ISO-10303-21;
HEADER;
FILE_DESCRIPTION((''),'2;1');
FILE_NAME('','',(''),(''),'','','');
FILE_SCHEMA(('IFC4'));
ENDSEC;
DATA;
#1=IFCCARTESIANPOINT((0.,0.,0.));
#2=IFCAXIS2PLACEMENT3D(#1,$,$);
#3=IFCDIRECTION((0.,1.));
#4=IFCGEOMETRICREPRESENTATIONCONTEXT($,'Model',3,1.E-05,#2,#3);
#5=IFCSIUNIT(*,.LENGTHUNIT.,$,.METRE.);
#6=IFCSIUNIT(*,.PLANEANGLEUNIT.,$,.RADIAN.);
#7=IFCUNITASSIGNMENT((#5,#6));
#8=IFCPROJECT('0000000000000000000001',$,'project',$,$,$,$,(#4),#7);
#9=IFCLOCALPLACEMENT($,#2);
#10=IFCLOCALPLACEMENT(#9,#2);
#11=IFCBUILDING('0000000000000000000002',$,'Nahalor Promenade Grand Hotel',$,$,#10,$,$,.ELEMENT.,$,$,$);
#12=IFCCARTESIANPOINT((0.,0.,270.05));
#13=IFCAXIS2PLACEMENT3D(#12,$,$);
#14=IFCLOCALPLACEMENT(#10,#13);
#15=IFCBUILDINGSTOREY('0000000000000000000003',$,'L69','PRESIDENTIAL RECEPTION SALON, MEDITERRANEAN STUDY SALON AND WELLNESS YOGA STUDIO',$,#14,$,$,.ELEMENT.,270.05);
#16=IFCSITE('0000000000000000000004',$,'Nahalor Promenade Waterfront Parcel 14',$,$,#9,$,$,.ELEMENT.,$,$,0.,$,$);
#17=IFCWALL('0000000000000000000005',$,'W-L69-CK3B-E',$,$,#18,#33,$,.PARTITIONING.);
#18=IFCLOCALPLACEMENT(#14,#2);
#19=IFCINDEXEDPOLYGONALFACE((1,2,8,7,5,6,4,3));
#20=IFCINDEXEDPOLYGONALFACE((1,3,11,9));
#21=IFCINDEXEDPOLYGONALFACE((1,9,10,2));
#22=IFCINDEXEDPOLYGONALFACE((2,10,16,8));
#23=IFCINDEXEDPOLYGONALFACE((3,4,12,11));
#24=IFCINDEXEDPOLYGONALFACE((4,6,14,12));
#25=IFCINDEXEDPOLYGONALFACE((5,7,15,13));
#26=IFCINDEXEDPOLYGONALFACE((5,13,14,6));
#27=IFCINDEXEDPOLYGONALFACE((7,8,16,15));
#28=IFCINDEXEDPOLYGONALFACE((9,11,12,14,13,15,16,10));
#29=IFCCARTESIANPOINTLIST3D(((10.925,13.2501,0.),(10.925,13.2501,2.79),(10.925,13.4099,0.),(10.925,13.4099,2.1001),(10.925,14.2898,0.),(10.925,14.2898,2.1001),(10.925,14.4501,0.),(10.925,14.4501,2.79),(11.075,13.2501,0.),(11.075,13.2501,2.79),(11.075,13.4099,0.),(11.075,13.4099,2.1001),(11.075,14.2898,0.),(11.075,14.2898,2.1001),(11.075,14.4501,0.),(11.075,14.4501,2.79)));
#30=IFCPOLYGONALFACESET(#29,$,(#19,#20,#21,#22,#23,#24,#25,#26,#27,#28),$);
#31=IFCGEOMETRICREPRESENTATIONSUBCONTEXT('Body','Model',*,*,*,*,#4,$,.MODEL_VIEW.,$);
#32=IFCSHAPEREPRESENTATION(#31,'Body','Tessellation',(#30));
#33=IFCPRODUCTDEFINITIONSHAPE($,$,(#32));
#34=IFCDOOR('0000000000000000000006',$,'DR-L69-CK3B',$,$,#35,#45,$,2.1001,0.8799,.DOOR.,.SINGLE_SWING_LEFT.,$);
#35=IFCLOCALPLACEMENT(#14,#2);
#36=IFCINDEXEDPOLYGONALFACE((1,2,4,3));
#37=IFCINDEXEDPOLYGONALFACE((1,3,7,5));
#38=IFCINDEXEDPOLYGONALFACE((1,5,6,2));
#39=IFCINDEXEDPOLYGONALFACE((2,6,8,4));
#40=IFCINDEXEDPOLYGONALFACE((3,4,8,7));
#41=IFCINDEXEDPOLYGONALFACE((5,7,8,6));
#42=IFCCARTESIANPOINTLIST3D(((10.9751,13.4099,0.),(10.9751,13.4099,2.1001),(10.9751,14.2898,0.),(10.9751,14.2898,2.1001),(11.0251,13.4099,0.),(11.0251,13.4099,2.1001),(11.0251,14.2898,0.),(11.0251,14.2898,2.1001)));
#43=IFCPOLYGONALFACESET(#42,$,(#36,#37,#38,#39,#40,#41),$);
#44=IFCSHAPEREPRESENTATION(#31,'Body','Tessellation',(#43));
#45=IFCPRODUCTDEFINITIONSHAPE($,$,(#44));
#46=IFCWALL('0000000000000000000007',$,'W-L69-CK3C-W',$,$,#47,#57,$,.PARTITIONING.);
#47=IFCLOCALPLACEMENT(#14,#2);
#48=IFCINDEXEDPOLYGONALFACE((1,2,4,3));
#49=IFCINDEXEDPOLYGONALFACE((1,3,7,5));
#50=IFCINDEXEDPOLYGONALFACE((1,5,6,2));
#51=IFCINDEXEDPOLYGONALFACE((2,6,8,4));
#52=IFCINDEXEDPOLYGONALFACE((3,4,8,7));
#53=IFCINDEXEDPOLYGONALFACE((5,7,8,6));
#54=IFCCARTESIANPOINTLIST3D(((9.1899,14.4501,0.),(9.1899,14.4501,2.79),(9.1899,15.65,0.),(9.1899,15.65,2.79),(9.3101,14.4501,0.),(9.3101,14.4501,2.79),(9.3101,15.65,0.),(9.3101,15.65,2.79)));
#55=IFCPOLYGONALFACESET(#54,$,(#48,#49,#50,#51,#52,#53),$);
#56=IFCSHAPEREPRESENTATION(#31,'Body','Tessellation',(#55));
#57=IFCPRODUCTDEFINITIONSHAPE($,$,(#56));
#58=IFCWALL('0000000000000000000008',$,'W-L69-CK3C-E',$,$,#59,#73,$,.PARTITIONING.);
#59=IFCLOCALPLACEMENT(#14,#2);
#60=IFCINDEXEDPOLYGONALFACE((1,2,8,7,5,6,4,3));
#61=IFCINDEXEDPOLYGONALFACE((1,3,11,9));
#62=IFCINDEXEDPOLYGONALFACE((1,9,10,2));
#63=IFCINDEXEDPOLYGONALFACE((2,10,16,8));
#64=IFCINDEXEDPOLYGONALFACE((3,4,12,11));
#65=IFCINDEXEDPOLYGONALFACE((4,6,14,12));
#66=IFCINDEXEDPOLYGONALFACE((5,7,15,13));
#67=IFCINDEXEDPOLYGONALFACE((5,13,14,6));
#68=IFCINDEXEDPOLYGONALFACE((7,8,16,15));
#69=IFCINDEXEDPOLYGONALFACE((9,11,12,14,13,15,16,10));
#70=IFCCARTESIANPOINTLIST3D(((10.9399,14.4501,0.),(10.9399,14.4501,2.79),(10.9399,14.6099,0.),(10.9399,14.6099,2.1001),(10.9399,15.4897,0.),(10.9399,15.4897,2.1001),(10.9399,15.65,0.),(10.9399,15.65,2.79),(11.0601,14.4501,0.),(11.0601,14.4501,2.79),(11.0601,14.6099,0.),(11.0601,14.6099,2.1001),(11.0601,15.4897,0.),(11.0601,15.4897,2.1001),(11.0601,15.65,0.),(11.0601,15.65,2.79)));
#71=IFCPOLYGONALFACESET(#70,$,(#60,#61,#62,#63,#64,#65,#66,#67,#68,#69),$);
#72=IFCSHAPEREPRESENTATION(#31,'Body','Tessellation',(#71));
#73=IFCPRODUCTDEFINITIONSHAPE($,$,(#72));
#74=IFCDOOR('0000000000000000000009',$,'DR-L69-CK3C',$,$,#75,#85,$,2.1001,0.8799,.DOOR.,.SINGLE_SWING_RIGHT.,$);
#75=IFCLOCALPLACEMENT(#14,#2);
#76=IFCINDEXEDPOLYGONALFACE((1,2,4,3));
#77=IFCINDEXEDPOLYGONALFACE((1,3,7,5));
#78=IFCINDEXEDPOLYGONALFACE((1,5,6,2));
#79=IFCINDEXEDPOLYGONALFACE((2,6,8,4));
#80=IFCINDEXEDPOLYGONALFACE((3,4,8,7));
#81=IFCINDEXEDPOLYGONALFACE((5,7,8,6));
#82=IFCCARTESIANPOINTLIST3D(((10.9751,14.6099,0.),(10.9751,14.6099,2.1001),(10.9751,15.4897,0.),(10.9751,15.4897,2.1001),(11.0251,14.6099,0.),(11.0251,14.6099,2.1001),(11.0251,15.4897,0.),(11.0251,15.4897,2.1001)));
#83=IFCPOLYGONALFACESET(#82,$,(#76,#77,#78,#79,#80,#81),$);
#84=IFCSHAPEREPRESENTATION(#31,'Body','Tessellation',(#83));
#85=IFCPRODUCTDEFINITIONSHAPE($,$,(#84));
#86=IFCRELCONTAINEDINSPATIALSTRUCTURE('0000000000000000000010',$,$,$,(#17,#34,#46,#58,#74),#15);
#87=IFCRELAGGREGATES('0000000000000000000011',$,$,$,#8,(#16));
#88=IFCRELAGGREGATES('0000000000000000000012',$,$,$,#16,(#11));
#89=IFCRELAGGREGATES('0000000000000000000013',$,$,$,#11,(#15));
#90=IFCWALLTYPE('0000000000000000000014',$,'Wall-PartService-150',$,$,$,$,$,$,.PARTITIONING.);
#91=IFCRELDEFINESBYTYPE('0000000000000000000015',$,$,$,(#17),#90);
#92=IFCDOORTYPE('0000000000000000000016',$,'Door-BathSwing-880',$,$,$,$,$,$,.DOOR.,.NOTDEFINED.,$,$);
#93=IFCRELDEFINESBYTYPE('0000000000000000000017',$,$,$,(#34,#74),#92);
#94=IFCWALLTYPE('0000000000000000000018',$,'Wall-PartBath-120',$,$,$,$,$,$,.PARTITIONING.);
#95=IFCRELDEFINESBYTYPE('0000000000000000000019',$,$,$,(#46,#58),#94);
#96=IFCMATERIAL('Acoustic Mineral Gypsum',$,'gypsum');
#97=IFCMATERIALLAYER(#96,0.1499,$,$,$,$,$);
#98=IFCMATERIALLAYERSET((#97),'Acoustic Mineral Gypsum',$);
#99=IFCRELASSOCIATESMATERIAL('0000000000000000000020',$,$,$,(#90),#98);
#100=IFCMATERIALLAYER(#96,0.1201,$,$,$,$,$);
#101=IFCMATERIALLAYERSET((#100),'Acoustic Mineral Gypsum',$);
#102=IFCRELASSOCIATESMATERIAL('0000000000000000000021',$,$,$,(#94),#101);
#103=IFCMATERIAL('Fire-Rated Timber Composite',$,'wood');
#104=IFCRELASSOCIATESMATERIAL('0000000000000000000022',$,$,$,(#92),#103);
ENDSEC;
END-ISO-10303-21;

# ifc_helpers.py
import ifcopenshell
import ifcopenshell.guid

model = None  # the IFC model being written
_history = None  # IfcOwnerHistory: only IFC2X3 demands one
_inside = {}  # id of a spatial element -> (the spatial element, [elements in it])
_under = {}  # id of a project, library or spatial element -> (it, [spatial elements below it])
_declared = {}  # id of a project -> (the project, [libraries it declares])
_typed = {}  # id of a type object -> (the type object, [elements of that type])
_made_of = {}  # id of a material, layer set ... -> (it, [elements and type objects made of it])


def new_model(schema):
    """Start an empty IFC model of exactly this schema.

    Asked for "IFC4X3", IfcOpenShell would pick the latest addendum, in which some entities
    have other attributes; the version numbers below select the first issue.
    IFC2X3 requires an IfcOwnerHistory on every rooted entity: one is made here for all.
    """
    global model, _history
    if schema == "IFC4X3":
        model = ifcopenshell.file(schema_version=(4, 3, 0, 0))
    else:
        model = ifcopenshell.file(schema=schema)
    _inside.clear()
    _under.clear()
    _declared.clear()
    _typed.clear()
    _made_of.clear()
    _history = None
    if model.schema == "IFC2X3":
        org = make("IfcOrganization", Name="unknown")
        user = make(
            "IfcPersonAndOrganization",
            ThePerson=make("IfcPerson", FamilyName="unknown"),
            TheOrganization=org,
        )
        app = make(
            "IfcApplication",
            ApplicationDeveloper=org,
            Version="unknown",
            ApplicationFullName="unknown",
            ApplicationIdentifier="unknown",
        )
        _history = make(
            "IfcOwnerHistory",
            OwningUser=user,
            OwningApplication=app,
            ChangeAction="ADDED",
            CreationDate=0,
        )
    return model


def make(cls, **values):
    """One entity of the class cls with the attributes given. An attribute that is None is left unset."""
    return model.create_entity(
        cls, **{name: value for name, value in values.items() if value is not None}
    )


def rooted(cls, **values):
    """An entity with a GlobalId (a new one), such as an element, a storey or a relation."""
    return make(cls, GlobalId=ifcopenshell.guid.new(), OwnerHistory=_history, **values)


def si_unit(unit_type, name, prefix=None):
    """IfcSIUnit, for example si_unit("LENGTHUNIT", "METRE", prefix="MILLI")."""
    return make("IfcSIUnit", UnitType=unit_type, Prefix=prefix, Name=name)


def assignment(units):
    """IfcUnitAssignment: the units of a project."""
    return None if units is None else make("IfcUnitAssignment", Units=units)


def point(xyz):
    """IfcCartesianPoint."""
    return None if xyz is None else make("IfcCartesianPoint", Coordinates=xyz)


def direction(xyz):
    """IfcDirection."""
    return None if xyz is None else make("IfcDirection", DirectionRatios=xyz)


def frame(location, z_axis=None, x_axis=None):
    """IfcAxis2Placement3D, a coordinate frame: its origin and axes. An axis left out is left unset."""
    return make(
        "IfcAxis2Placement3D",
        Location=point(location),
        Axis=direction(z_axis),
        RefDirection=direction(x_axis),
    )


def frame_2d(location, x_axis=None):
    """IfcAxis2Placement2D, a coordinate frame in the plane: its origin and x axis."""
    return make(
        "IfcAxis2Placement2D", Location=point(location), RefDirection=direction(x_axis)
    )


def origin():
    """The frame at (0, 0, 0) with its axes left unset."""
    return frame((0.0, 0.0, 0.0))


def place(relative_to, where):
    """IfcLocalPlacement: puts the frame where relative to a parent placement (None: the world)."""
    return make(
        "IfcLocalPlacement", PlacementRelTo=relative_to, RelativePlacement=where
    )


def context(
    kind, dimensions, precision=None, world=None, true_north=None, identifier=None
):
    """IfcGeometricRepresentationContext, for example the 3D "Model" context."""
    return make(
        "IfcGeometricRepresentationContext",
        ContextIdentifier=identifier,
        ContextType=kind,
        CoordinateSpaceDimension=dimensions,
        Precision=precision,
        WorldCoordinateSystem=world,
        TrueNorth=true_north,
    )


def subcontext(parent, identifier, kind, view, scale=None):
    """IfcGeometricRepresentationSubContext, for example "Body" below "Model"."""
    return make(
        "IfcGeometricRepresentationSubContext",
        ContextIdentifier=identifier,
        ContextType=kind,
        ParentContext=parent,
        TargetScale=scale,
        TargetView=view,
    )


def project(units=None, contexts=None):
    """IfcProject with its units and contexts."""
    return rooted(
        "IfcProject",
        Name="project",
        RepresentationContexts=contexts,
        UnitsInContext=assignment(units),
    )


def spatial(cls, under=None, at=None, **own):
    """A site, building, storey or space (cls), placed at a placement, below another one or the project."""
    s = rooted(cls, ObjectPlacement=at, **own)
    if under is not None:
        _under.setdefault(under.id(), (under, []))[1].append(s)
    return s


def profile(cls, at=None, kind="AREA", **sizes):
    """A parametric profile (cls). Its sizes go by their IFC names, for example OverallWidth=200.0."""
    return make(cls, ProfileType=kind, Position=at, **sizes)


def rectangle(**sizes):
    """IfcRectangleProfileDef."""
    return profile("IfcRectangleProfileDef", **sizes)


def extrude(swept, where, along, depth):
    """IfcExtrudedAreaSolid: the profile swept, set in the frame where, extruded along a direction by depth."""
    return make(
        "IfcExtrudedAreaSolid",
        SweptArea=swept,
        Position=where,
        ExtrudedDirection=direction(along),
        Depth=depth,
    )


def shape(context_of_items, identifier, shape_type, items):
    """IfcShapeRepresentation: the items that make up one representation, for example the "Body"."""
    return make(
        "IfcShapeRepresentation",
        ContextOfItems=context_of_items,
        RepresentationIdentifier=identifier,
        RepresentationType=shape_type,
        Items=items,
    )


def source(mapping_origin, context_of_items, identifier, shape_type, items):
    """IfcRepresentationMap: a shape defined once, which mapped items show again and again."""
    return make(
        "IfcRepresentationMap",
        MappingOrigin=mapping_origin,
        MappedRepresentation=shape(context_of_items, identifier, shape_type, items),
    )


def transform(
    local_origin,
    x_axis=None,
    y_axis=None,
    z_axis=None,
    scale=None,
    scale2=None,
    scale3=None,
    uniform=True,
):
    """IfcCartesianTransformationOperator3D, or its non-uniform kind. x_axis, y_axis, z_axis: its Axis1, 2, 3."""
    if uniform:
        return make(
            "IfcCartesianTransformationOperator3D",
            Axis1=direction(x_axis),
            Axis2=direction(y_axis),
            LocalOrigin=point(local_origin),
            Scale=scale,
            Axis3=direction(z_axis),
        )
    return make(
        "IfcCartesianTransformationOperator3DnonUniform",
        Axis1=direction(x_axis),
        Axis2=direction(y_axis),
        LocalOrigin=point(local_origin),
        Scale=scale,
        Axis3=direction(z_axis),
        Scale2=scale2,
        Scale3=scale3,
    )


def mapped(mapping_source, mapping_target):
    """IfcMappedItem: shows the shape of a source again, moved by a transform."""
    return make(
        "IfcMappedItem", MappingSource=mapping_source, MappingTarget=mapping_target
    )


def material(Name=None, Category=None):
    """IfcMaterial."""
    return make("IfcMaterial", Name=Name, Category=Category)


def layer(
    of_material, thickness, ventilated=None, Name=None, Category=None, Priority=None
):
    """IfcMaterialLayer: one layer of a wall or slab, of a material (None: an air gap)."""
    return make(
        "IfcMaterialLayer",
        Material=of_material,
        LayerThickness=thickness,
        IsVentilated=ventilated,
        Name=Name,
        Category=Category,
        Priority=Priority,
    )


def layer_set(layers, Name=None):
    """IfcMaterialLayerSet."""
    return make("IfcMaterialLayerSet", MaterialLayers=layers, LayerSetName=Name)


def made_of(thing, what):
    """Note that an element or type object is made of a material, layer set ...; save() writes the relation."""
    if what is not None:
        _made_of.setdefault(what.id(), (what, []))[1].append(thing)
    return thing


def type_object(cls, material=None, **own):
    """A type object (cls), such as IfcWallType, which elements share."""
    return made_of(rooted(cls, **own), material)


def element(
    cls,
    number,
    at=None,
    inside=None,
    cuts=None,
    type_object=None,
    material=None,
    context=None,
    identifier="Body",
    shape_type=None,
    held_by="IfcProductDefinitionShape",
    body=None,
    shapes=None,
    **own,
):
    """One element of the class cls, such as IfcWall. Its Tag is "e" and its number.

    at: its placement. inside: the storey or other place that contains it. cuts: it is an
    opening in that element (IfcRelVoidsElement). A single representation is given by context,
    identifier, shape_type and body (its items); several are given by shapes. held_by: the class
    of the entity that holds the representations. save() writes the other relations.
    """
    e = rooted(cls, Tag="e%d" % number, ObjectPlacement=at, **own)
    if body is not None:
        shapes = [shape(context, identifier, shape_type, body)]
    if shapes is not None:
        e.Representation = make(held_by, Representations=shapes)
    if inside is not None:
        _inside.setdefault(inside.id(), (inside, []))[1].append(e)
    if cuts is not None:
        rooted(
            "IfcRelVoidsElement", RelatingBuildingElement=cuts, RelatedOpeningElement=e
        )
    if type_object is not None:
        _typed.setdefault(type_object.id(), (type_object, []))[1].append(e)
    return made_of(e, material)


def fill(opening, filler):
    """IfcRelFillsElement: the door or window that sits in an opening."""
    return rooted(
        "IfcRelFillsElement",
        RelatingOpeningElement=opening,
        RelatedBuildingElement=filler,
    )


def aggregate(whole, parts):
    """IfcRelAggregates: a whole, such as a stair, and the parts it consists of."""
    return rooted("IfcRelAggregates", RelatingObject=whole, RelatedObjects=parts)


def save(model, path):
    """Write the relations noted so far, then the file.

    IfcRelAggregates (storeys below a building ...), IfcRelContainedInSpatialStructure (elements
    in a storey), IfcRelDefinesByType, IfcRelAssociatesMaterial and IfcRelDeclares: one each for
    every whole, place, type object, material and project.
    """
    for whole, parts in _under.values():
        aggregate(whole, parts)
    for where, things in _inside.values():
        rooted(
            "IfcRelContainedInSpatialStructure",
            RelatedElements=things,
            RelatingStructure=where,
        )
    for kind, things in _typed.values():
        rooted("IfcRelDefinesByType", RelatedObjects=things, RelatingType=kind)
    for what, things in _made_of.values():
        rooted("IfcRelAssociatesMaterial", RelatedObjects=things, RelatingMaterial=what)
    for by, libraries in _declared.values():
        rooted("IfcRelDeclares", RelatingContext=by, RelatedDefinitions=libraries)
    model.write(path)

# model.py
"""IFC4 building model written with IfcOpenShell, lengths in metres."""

from ifc_helpers import new_model, si_unit, direction, frame, frame_2d, origin, place, context, subcontext, project, spatial, rectangle, extrude, source, transform, mapped, material, layer, layer_set, type_object, element, fill, save


model = new_model("IFC4")

# Units and contexts
model_context = context("Model", 3, precision=1e-05, world=origin(), true_north=direction((0.0, 1.0)))
body_context = subcontext(model_context, "Body", "Model", "MODEL_VIEW")
ifc_project = project(units=[si_unit("LENGTHUNIT", "METRE"), si_unit("PLANEANGLEUNIT", "RADIAN")], contexts=[model_context])

# Site, building, storey
site_placement = place(None, origin())
site = spatial("IfcSite", under=ifc_project, at=site_placement, Name="Nahalor Promenade Waterfront Parcel 14", CompositionType="ELEMENT", RefElevation=0.0)
building_placement = place(site_placement, origin())
building = spatial("IfcBuilding", under=site, at=building_placement, Name="Nahalor Promenade Grand Hotel", CompositionType="ELEMENT")
storey_placement = place(building_placement, frame((0.0, 0.0, 270.05)))
storey = spatial("IfcBuildingStorey", under=building, at=storey_placement, Name="L69", Description="PRESIDENTIAL RECEPTION SALON, MEDITERRANEAN STUDY SALON AND WELLNESS YOGA STUDIO", CompositionType="ELEMENT", Elevation=270.05)

# Shared definitions
ifc_material_1 = material(Name="Acoustic Mineral Gypsum", Category="gypsum")
ifc_layer_1 = layer(ifc_material_1, 0.1499)
ifc_layer_set_1 = layer_set([ifc_layer_1], Name="Acoustic Mineral Gypsum")
wall_type_1 = type_object("IfcWallType", Name="Wall-PartService-150", PredefinedType="PARTITIONING", material=ifc_layer_set_1)
ifc_layer_2 = layer(ifc_material_1, 0.1201)
ifc_layer_set_2 = layer_set([ifc_layer_2], Name="Acoustic Mineral Gypsum")
wall_type_2 = type_object("IfcWallType", Name="Wall-PartBath-120", PredefinedType="PARTITIONING", material=ifc_layer_set_2)
shared_shape_1 = source(origin(), body_context, "Body", "SweptSolid", [
    extrude(rectangle(XDim=1.2, YDim=0.1499, at=frame_2d((0.6001, 0.0))), origin(), (0.0, 0.0, 1.0), 2.79),
])

# Wall, opening, door
wall_1_placement = place(storey_placement, frame((11.0, 13.25, 0.0), z_axis=(0.0, 0.0, 1.0), x_axis=(0.0, 1.0, 0.0)))
wall_1 = element("IfcWall", 1, at=wall_1_placement, inside=storey, type_object=wall_type_1, Name="W-L69-CK3B-E", PredefinedType="PARTITIONING", context=body_context, shape_type="MappedRepresentation", body=[
    mapped(shared_shape_1, transform((0.0, 0.0, 0.0), scale=1.0)),
])
opening_1_placement = place(wall_1_placement, frame((0.1599, 0.0, 0.0)))
opening_1 = element("IfcOpeningElement", 2, at=opening_1_placement, cuts=wall_1, PredefinedType="OPENING", context=body_context, shape_type="SweptSolid", body=[
    extrude(rectangle(XDim=0.8799, YDim=2.1001, at=frame_2d((0.4399, 1.05))), frame((0.0, 0.085, 0.0), z_axis=(0.0, -1.0, 0.0), x_axis=(1.0, 0.0, 0.0)), (0.0, 0.0, 1.0), 0.1699),
])
ifc_material_2 = material(Name="Fire-Rated Timber Composite", Category="wood")
door_type_1 = type_object("IfcDoorType", Name="Door-BathSwing-880", OperationType="NOTDEFINED", PredefinedType="DOOR", material=ifc_material_2)
shared_shape_2 = source(origin(), body_context, "Body", "SweptSolid", [
    extrude(rectangle(XDim=0.8799, YDim=2.1001, at=frame_2d((0.4399, 1.05))), frame((0.0, 0.0249, 0.0), z_axis=(0.0, -1.0, 0.0), x_axis=(1.0, 0.0, 0.0)), (0.0, 0.0, 1.0), 0.05),
])
door_1_placement = place(opening_1_placement, origin())
door_1 = element("IfcDoor", 3, at=door_1_placement, inside=storey, type_object=door_type_1, Name="DR-L69-CK3B", OperationType="SINGLE_SWING_LEFT", OverallHeight=2.1001, OverallWidth=0.8799, PredefinedType="DOOR", context=body_context, shape_type="MappedRepresentation", body=[
    mapped(shared_shape_2, transform((0.0, 0.0, 0.0), scale=1.0)),
])
fill(opening_1, door_1)

# Wall
shared_shape_3 = source(origin(), body_context, "Body", "SweptSolid", [
    extrude(rectangle(XDim=1.2, YDim=0.1201, at=frame_2d((0.6001, 0.0))), origin(), (0.0, 0.0, 1.0), 2.79),
])
wall_2_placement = place(storey_placement, frame((9.25, 14.45, 0.0), z_axis=(0.0, 0.0, 1.0), x_axis=(0.0, 1.0, 0.0)))
element("IfcWall", 4, at=wall_2_placement, inside=storey, type_object=wall_type_2, Name="W-L69-CK3C-W", PredefinedType="PARTITIONING", context=body_context, shape_type="MappedRepresentation", body=[
    mapped(shared_shape_3, transform((0.0, 0.0, 0.0), scale=1.0)),
])

# Wall, opening, door
wall_3_placement = place(storey_placement, frame((11.0, 14.45, 0.0), z_axis=(0.0, 0.0, 1.0), x_axis=(0.0, 1.0, 0.0)))
wall_3 = element("IfcWall", 5, at=wall_3_placement, inside=storey, type_object=wall_type_2, Name="W-L69-CK3C-E", PredefinedType="PARTITIONING", context=body_context, shape_type="MappedRepresentation", body=[
    mapped(shared_shape_3, transform((0.0, 0.0, 0.0), scale=1.0)),
])
opening_2_placement = place(wall_3_placement, frame((0.1599, 0.0, 0.0)))
opening_2 = element("IfcOpeningElement", 6, at=opening_2_placement, cuts=wall_3, PredefinedType="OPENING", context=body_context, shape_type="SweptSolid", body=[
    extrude(rectangle(XDim=0.8799, YDim=2.1001, at=frame_2d((0.4399, 1.05))), frame((0.0, 0.0701, 0.0), z_axis=(0.0, -1.0, 0.0), x_axis=(1.0, 0.0, 0.0)), (0.0, 0.0, 1.0), 0.1401),
])
door_2_placement = place(opening_2_placement, origin())
door_2 = element("IfcDoor", 7, at=door_2_placement, inside=storey, type_object=door_type_1, Name="DR-L69-CK3C", OperationType="SINGLE_SWING_RIGHT", OverallHeight=2.1001, OverallWidth=0.8799, PredefinedType="DOOR", context=body_context, shape_type="MappedRepresentation", body=[
    mapped(shared_shape_2, transform((0.0, 0.0, 0.0), scale=1.0)),
])
fill(opening_2, door_2)

save(model, "model.ifc")
